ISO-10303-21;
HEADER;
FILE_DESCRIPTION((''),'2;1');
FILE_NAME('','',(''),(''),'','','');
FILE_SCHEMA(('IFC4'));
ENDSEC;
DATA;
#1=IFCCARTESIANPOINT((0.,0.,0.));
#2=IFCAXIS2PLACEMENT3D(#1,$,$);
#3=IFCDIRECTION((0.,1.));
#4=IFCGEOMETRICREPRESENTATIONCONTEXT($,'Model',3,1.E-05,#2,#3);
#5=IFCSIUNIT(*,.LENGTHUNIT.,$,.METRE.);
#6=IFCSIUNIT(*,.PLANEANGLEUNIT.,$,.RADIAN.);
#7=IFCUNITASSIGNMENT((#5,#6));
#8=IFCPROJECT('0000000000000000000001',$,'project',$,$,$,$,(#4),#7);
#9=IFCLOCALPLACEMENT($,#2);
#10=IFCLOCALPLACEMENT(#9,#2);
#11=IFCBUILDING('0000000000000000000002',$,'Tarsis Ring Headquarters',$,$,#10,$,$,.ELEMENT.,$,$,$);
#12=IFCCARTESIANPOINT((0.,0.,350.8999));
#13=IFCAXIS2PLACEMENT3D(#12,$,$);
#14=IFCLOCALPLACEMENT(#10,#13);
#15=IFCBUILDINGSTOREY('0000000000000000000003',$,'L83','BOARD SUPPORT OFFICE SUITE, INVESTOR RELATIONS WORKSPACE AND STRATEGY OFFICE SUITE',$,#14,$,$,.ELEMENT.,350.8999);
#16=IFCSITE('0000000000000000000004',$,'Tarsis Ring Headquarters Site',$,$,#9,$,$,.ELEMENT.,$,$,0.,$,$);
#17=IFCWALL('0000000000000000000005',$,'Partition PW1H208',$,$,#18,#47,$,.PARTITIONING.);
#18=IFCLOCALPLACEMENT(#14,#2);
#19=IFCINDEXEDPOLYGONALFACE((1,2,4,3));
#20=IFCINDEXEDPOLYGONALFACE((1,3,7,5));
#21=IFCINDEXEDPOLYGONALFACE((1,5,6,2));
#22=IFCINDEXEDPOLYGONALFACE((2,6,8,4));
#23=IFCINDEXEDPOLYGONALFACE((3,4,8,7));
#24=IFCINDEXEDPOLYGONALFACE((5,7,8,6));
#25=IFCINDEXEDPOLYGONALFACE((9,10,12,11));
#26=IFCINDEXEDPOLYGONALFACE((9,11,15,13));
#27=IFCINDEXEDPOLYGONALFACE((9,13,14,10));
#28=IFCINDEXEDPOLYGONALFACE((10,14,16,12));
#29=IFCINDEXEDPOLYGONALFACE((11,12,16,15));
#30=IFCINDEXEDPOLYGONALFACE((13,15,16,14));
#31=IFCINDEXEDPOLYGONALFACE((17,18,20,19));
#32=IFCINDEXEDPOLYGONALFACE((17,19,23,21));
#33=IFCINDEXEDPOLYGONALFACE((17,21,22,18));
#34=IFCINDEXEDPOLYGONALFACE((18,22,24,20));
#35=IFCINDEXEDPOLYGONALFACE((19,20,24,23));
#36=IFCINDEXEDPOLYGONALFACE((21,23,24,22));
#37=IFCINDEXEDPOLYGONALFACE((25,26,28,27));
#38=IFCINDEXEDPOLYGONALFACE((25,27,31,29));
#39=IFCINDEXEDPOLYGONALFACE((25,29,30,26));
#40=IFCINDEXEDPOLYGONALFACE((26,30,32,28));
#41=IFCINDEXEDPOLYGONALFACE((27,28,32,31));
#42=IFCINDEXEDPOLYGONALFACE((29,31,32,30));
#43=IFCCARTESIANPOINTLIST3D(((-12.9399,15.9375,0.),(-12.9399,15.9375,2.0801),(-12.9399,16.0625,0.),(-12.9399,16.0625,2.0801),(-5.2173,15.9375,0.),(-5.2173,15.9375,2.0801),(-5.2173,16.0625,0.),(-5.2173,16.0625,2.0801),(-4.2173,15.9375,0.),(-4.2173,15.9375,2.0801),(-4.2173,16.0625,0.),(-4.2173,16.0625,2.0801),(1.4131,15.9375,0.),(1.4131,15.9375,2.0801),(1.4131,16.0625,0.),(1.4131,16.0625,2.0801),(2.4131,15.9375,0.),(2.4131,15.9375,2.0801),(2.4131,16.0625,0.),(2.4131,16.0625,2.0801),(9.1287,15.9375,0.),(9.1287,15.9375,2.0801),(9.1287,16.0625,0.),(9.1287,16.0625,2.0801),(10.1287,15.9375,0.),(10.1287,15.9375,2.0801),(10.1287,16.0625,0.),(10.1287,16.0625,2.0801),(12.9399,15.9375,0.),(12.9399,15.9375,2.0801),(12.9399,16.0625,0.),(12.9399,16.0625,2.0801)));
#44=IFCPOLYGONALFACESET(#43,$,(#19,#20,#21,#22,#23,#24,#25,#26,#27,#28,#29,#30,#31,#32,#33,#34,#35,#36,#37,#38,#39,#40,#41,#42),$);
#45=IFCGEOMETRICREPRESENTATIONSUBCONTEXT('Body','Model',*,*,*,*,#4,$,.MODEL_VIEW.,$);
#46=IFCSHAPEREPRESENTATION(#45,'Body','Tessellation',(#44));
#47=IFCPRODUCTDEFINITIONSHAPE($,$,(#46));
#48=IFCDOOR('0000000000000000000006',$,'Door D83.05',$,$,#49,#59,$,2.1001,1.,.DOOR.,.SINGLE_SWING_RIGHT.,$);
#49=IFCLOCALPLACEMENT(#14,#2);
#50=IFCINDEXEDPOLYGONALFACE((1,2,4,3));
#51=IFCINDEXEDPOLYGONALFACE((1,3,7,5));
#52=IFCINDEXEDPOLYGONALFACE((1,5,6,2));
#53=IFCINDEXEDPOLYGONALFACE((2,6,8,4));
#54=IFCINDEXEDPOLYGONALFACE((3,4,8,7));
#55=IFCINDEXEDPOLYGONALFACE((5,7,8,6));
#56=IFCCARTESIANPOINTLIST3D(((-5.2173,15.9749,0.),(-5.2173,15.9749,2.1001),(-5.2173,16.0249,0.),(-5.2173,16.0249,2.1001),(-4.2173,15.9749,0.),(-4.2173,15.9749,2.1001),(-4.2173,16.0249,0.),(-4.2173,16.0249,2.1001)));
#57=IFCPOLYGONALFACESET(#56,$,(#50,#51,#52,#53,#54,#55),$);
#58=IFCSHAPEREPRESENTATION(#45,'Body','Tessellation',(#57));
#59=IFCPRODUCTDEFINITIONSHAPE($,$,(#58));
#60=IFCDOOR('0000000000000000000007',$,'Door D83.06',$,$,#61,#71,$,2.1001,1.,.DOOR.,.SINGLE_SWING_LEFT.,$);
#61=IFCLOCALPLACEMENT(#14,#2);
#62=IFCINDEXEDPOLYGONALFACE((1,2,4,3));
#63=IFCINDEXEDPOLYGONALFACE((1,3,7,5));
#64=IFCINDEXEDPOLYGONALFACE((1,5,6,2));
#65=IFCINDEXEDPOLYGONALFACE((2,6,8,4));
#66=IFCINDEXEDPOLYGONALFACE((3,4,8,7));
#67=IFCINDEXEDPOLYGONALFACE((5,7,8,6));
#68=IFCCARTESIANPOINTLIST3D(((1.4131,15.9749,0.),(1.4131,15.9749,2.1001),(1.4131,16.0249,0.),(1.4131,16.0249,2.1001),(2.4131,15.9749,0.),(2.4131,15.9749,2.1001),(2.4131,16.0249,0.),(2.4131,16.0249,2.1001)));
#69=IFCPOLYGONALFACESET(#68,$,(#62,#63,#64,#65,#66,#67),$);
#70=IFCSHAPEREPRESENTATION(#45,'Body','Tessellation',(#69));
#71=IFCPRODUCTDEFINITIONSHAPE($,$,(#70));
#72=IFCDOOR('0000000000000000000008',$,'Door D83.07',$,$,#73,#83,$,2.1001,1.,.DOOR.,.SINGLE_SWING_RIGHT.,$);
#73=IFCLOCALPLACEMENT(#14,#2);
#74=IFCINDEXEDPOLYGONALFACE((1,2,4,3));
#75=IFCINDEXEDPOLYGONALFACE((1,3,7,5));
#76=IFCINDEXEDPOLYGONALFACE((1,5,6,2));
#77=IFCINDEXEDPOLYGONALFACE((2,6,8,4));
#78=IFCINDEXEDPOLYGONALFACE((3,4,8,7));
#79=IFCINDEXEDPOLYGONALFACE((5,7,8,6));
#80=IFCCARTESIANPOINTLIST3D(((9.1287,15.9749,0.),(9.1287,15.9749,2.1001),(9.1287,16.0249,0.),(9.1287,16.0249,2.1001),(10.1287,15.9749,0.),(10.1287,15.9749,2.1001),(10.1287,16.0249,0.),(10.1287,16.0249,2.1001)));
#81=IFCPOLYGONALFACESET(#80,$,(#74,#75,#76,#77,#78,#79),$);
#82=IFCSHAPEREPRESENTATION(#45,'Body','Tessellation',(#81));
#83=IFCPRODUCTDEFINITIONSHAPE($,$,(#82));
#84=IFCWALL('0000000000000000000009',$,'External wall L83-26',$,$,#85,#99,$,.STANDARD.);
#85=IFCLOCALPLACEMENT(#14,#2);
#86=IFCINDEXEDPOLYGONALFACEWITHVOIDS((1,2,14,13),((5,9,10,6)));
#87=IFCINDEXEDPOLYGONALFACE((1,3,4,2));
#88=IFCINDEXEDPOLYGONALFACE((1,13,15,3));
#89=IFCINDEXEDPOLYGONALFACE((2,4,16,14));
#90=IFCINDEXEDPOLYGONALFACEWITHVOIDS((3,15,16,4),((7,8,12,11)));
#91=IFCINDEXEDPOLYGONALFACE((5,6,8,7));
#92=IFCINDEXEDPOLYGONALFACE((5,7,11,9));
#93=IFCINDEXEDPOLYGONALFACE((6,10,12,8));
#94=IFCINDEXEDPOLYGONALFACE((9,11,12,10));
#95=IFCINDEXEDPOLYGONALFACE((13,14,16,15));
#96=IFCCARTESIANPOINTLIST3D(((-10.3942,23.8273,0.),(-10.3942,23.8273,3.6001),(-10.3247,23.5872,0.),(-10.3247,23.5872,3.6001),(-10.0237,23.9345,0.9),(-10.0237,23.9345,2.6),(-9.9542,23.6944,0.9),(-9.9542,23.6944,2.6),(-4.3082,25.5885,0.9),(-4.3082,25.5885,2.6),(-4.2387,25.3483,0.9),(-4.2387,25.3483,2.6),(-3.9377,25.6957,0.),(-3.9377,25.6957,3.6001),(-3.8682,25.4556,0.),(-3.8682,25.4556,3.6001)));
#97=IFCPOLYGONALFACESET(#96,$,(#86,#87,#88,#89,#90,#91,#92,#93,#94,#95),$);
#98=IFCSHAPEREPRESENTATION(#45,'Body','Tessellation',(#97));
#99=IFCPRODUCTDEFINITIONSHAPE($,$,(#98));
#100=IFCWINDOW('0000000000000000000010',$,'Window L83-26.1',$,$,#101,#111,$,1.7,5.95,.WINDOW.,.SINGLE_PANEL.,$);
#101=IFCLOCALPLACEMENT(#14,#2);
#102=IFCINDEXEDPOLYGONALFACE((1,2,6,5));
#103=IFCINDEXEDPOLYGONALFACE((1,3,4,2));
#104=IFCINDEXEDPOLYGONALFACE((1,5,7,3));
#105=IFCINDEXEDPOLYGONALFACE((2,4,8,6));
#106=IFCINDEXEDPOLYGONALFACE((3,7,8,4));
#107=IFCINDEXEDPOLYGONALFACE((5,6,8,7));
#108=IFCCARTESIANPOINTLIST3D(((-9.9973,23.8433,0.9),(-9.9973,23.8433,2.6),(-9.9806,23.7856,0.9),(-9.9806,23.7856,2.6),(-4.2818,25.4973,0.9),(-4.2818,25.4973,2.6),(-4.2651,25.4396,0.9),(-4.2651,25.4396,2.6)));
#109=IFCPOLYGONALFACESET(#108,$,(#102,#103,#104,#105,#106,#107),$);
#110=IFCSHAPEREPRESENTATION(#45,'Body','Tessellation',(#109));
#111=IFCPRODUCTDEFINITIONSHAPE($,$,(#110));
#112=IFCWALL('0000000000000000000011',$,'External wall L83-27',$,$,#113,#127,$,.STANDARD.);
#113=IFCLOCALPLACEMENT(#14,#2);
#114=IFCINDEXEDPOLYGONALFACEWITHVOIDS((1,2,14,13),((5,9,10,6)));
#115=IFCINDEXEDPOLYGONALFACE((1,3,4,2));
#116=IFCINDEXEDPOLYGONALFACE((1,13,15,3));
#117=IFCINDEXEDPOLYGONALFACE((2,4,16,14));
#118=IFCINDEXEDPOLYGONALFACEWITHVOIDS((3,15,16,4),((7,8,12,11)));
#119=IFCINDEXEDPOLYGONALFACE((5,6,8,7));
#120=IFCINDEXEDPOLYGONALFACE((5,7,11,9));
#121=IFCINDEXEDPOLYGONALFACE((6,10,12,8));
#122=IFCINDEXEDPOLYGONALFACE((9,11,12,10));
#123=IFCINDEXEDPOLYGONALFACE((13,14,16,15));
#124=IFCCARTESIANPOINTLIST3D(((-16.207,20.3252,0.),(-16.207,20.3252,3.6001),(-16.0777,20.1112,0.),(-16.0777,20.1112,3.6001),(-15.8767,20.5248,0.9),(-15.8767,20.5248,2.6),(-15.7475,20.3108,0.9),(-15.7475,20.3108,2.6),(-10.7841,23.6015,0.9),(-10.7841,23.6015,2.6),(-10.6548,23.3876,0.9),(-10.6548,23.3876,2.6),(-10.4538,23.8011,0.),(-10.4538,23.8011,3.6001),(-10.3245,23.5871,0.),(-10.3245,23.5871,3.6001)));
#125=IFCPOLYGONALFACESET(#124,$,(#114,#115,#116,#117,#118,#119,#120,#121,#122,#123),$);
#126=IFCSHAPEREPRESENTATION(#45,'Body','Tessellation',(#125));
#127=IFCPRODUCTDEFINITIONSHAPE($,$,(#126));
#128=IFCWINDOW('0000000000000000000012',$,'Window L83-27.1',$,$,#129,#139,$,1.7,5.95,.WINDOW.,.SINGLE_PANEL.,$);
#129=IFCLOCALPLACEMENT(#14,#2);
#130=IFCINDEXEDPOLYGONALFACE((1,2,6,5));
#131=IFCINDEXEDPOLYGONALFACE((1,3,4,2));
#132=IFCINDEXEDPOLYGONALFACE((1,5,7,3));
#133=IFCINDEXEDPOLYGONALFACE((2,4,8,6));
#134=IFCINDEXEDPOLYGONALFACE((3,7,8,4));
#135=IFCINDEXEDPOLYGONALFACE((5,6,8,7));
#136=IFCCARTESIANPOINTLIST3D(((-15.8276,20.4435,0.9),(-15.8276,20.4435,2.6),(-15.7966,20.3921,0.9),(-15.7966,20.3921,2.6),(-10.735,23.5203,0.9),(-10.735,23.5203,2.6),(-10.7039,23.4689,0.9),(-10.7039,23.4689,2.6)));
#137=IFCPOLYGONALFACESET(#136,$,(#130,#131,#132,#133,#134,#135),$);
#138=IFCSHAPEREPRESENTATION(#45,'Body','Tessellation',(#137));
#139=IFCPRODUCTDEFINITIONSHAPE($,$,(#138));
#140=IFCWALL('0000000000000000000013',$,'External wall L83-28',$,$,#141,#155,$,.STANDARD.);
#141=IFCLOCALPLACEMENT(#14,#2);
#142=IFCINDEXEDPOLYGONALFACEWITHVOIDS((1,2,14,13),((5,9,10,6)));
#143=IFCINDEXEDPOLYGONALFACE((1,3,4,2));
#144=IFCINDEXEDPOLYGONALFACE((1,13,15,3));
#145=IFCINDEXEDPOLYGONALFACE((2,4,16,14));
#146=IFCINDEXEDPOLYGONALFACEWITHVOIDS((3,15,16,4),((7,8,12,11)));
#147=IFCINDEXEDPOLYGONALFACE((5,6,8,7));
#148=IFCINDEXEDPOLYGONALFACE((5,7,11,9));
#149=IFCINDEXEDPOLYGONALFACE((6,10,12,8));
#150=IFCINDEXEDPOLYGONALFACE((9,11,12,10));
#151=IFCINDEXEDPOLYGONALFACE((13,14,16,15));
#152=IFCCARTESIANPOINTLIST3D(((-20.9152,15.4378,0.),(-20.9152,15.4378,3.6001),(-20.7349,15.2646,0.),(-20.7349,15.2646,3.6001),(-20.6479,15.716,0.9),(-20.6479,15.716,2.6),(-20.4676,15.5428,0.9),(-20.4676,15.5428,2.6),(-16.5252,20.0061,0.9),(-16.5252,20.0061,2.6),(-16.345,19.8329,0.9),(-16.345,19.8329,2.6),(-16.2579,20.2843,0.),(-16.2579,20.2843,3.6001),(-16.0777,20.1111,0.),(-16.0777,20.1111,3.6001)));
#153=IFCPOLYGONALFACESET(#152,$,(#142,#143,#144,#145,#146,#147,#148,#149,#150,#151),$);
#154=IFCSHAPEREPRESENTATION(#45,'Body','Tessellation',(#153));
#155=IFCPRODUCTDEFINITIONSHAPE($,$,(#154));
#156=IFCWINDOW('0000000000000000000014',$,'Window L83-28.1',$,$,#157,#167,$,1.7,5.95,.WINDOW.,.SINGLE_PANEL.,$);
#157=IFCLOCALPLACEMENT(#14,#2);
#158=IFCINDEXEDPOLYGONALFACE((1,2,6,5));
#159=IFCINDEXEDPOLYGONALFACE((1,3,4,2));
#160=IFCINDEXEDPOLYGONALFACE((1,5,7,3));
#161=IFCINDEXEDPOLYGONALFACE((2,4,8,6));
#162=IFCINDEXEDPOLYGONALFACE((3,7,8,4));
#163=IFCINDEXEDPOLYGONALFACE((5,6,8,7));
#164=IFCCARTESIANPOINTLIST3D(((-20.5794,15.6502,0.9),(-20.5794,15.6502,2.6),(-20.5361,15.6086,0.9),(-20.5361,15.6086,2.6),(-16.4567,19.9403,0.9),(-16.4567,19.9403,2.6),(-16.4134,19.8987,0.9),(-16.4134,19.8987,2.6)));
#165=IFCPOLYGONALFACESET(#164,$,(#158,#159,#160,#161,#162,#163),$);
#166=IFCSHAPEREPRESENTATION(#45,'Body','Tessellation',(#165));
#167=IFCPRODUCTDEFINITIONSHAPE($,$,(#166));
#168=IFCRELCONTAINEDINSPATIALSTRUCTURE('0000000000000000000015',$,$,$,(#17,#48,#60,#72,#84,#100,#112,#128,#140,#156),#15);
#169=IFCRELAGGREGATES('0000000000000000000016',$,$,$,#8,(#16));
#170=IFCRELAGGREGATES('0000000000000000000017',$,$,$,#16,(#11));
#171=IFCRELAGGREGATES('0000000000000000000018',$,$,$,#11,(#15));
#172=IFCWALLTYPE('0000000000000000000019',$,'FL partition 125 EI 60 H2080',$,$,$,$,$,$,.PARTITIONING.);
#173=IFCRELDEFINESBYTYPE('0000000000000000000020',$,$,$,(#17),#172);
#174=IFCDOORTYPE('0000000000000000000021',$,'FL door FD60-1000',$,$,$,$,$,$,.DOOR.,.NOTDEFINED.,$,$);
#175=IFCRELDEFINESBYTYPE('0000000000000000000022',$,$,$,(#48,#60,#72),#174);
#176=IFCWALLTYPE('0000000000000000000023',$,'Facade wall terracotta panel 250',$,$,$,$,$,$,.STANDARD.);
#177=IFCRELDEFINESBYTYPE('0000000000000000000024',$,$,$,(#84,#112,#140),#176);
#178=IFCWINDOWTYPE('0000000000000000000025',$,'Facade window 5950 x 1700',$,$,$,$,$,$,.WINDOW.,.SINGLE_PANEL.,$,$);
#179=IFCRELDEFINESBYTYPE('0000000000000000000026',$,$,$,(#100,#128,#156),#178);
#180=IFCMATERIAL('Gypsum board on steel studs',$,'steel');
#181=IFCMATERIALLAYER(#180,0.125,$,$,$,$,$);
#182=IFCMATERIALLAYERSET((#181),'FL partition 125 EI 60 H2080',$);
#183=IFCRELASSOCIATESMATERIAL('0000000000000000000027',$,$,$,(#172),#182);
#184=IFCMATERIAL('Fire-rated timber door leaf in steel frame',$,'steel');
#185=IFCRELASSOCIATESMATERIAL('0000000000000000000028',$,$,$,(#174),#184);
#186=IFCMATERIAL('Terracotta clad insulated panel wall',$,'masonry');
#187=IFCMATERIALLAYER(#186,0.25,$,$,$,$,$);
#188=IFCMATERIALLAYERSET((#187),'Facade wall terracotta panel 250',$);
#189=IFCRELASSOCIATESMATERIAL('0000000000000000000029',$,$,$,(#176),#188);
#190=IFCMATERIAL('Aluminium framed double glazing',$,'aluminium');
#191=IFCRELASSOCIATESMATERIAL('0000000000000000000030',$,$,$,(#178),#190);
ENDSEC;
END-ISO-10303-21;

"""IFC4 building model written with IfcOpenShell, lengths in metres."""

from ifc_helpers import new_model, si_unit, direction, frame, frame_2d, origin, place, context, subcontext, project, spatial, rectangle, extrude, material, layer, layer_set, type_object, element, fill, save


model = new_model("IFC4")

# Units and contexts
model_context = context("Model", 3, precision=1e-05, world=origin(), true_north=direction((0.0, 1.0)))
body_context = subcontext(model_context, "Body", "Model", "MODEL_VIEW")
ifc_project = project(units=[si_unit("LENGTHUNIT", "METRE"), si_unit("PLANEANGLEUNIT", "RADIAN")], contexts=[model_context])

# Site, building, storey
site_placement = place(None, origin())
site = spatial("IfcSite", under=ifc_project, at=site_placement, Name="Tarsis Ring Headquarters Site", CompositionType="ELEMENT", RefElevation=0.0)
building_placement = place(site_placement, origin())
building = spatial("IfcBuilding", under=site, at=building_placement, Name="Tarsis Ring Headquarters", CompositionType="ELEMENT")
storey_placement = place(building_placement, frame((0.0, 0.0, 350.8999)))
storey = spatial("IfcBuildingStorey", under=building, at=storey_placement, Name="L83", Description="BOARD SUPPORT OFFICE SUITE, INVESTOR RELATIONS WORKSPACE AND STRATEGY OFFICE SUITE", CompositionType="ELEMENT", Elevation=350.8999)

# Shared definitions
ifc_material_1 = material(Name="Gypsum board on steel studs", Category="steel")

# Wall, openings, doors
ifc_layer_1 = layer(ifc_material_1, 0.125)
ifc_layer_set_1 = layer_set([ifc_layer_1], Name="FL partition 125 EI 60 H2080")
wall_type_1 = type_object("IfcWallType", Name="FL partition 125 EI 60 H2080", PredefinedType="PARTITIONING", material=ifc_layer_set_1)
wall_1_placement = place(storey_placement, frame((-12.9399, 16.0, 0.0), z_axis=(0.0, 0.0, 1.0), x_axis=(1.0, 0.0, 0.0)))
wall_1 = element("IfcWall", 1, at=wall_1_placement, inside=storey, type_object=wall_type_1, Name="Partition PW1H208", PredefinedType="PARTITIONING", context=body_context, shape_type="SweptSolid", body=[
    extrude(rectangle(XDim=25.8799, YDim=0.125, at=frame_2d((12.9399, 0.0))), origin(), (0.0, 0.0, 1.0), 2.0801),
])
opening_1_placement = place(wall_1_placement, frame((7.7227, 0.0, 0.0)))
opening_1 = element("IfcOpeningElement", 2, at=opening_1_placement, cuts=wall_1, PredefinedType="OPENING", context=body_context, shape_type="SweptSolid", body=[
    extrude(rectangle(XDim=1.0, YDim=2.1001, at=frame_2d((0.5, 1.05))), frame((0.0, 0.0725, 0.0), z_axis=(0.0, -1.0, 0.0), x_axis=(1.0, 0.0, 0.0)), (0.0, 0.0, 1.0), 0.145),
])
opening_2_placement = place(wall_1_placement, frame((14.353, 0.0, 0.0)))
opening_2 = element("IfcOpeningElement", 3, at=opening_2_placement, cuts=wall_1, PredefinedType="OPENING", context=body_context, shape_type="SweptSolid", body=[
    extrude(rectangle(XDim=1.0, YDim=2.1001, at=frame_2d((0.5, 1.05))), frame((0.0, 0.0725, 0.0), z_axis=(0.0, -1.0, 0.0), x_axis=(1.0, 0.0, 0.0)), (0.0, 0.0, 1.0), 0.145),
])
opening_3_placement = place(wall_1_placement, frame((22.0686, 0.0, 0.0)))
opening_3 = element("IfcOpeningElement", 4, at=opening_3_placement, cuts=wall_1, PredefinedType="OPENING", context=body_context, shape_type="SweptSolid", body=[
    extrude(rectangle(XDim=1.0, YDim=2.1001, at=frame_2d((0.5, 1.05))), frame((0.0, 0.0725, 0.0), z_axis=(0.0, -1.0, 0.0), x_axis=(1.0, 0.0, 0.0)), (0.0, 0.0, 1.0), 0.145),
])
ifc_material_2 = material(Name="Fire-rated timber door leaf in steel frame", Category="steel")
door_type = type_object("IfcDoorType", Name="FL door FD60-1000", OperationType="NOTDEFINED", PredefinedType="DOOR", material=ifc_material_2)
door_1_placement = place(opening_1_placement, origin())
door_1 = element("IfcDoor", 5, at=door_1_placement, inside=storey, type_object=door_type, Name="Door D83.05", OperationType="SINGLE_SWING_RIGHT", OverallHeight=2.1001, OverallWidth=1.0, PredefinedType="DOOR", context=body_context, shape_type="SweptSolid", body=[
    extrude(rectangle(XDim=1.0, YDim=2.1001, at=frame_2d((0.5, 1.05))), frame((0.0, 0.0249, 0.0), z_axis=(0.0, -1.0, 0.0), x_axis=(1.0, 0.0, 0.0)), (0.0, 0.0, 1.0), 0.05),
])
fill(opening_1, door_1)
door_2_placement = place(opening_2_placement, origin())
door_2 = element("IfcDoor", 6, at=door_2_placement, inside=storey, type_object=door_type, Name="Door D83.06", OperationType="SINGLE_SWING_LEFT", OverallHeight=2.1001, OverallWidth=1.0, PredefinedType="DOOR", context=body_context, shape_type="SweptSolid", body=[
    extrude(rectangle(XDim=1.0, YDim=2.1001, at=frame_2d((0.5, 1.05))), frame((0.0, 0.0249, 0.0), z_axis=(0.0, -1.0, 0.0), x_axis=(1.0, 0.0, 0.0)), (0.0, 0.0, 1.0), 0.05),
])
fill(opening_2, door_2)
door_3_placement = place(opening_3_placement, origin())
door_3 = element("IfcDoor", 7, at=door_3_placement, inside=storey, type_object=door_type, Name="Door D83.07", OperationType="SINGLE_SWING_RIGHT", OverallHeight=2.1001, OverallWidth=1.0, PredefinedType="DOOR", context=body_context, shape_type="SweptSolid", body=[
    extrude(rectangle(XDim=1.0, YDim=2.1001, at=frame_2d((0.5, 1.05))), frame((0.0, 0.0249, 0.0), z_axis=(0.0, -1.0, 0.0), x_axis=(1.0, 0.0, 0.0)), (0.0, 0.0, 1.0), 0.05),
])
fill(opening_3, door_3)

# Walls, openings, windows
ifc_material_3 = material(Name="Terracotta clad insulated panel wall", Category="masonry")
ifc_layer_2 = layer(ifc_material_3, 0.25)
ifc_layer_set_2 = layer_set([ifc_layer_2], Name="Facade wall terracotta panel 250")
wall_type_2 = type_object("IfcWallType", Name="Facade wall terracotta panel 250", PredefinedType="STANDARD", material=ifc_layer_set_2)
wall_2_placement = place(storey_placement, frame((-3.9028, 25.5757, 0.0), z_axis=(0.0, 0.0, 1.0), x_axis=(-0.960588, -0.277977, 0.0)))
wall_2 = element("IfcWall", 8, at=wall_2_placement, inside=storey, type_object=wall_type_2, Name="External wall L83-26", PredefinedType="STANDARD", context=body_context, shape_type="SweptSolid", body=[
    extrude(rectangle(XDim=6.7214, YDim=0.25, at=frame_2d((3.3608, 0.0))), origin(), (0.0, 0.0, 1.0), 3.6001),
])
opening_4_placement = place(wall_2_placement, frame((0.3857, 0.0, 0.8999)))
opening_4 = element("IfcOpeningElement", 9, at=opening_4_placement, cuts=wall_2, PredefinedType="OPENING", context=body_context, shape_type="SweptSolid", body=[
    extrude(rectangle(XDim=5.95, YDim=1.7, at=frame_2d((2.9751, 0.8501))), frame((0.0, 0.135, 0.0), z_axis=(0.0, -1.0, 0.0), x_axis=(1.0, 0.0, 0.0)), (0.0, 0.0, 1.0), 0.27),
])
ifc_material_4 = material(Name="Aluminium framed double glazing", Category="aluminium")
window_type = type_object("IfcWindowType", Name="Facade window 5950 x 1700", PartitioningType="SINGLE_PANEL", PredefinedType="WINDOW", material=ifc_material_4)
window_1_placement = place(opening_4_placement, origin())
window_1 = element("IfcWindow", 10, at=window_1_placement, inside=storey, type_object=window_type, Name="Window L83-26.1", OverallHeight=1.7, OverallWidth=5.95, PartitioningType="SINGLE_PANEL", PredefinedType="WINDOW", context=body_context, shape_type="SweptSolid", body=[
    extrude(rectangle(XDim=5.95, YDim=1.7, at=frame_2d((2.9751, 0.8501))), frame((0.0, 0.03, 0.0), z_axis=(0.0, -1.0, 0.0), x_axis=(1.0, 0.0, 0.0)), (0.0, 0.0, 1.0), 0.0601),
])
fill(opening_4, window_1)
wall_3_placement = place(storey_placement, frame((-10.3892, 23.6941, 0.0), z_axis=(0.0, 0.0, 1.0), x_axis=(-0.855919, -0.517111, 0.0)))
wall_3 = element("IfcWall", 11, at=wall_3_placement, inside=storey, type_object=wall_type_2, Name="External wall L83-27", PredefinedType="STANDARD", context=body_context, shape_type="SweptSolid", body=[
    extrude(rectangle(XDim=6.7217, YDim=0.25, at=frame_2d((3.3608, 0.0))), origin(), (0.0, 0.0, 1.0), 3.6001),
])
opening_5_placement = place(wall_3_placement, frame((0.3857, 0.0, 0.8999)))
opening_5 = element("IfcOpeningElement", 12, at=opening_5_placement, cuts=wall_3, PredefinedType="OPENING", context=body_context, shape_type="SweptSolid", body=[
    extrude(rectangle(XDim=5.95, YDim=1.7, at=frame_2d((2.9751, 0.8501))), frame((0.0, 0.135, 0.0), z_axis=(0.0, -1.0, 0.0), x_axis=(1.0, 0.0, 0.0)), (0.0, 0.0, 1.0), 0.27),
])
window_2_placement = place(opening_5_placement, origin())
window_2 = element("IfcWindow", 13, at=window_2_placement, inside=storey, type_object=window_type, Name="Window L83-27.1", OverallHeight=1.7, OverallWidth=5.95, PartitioningType="SINGLE_PANEL", PredefinedType="WINDOW", context=body_context, shape_type="SweptSolid", body=[
    extrude(rectangle(XDim=5.95, YDim=1.7, at=frame_2d((2.9751, 0.8501))), frame((0.0, 0.03, 0.0), z_axis=(0.0, -1.0, 0.0), x_axis=(1.0, 0.0, 0.0)), (0.0, 0.0, 1.0), 0.0601),
])
fill(opening_5, window_2)
wall_4_placement = place(storey_placement, frame((-16.1677, 20.1978, 0.0), z_axis=(0.0, 0.0, 1.0), x_axis=(-0.692892, -0.721042, 0.0)))
wall_4 = element("IfcWall", 14, at=wall_4_placement, inside=storey, type_object=wall_type_2, Name="External wall L83-28", PredefinedType="STANDARD", context=body_context, shape_type="SweptSolid", body=[
    extrude(rectangle(XDim=6.7214, YDim=0.25, at=frame_2d((3.3608, 0.0))), origin(), (0.0, 0.0, 1.0), 3.6001),
])
opening_6_placement = place(wall_4_placement, frame((0.3857, 0.0, 0.8999)))
opening_6 = element("IfcOpeningElement", 15, at=opening_6_placement, cuts=wall_4, PredefinedType="OPENING", context=body_context, shape_type="SweptSolid", body=[
    extrude(rectangle(XDim=5.95, YDim=1.7, at=frame_2d((2.9751, 0.8501))), frame((0.0, 0.135, 0.0), z_axis=(0.0, -1.0, 0.0), x_axis=(1.0, 0.0, 0.0)), (0.0, 0.0, 1.0), 0.27),
])
window_3_placement = place(opening_6_placement, origin())
window_3 = element("IfcWindow", 16, at=window_3_placement, inside=storey, type_object=window_type, Name="Window L83-28.1", OverallHeight=1.7, OverallWidth=5.95, PartitioningType="SINGLE_PANEL", PredefinedType="WINDOW", context=body_context, shape_type="SweptSolid", body=[
    extrude(rectangle(XDim=5.95, YDim=1.7, at=frame_2d((2.9751, 0.8501))), frame((0.0, 0.03, 0.0), z_axis=(0.0, -1.0, 0.0), x_axis=(1.0, 0.0, 0.0)), (0.0, 0.0, 1.0), 0.0601),
])
fill(opening_6, window_3)

save(model, "model.ifc")
